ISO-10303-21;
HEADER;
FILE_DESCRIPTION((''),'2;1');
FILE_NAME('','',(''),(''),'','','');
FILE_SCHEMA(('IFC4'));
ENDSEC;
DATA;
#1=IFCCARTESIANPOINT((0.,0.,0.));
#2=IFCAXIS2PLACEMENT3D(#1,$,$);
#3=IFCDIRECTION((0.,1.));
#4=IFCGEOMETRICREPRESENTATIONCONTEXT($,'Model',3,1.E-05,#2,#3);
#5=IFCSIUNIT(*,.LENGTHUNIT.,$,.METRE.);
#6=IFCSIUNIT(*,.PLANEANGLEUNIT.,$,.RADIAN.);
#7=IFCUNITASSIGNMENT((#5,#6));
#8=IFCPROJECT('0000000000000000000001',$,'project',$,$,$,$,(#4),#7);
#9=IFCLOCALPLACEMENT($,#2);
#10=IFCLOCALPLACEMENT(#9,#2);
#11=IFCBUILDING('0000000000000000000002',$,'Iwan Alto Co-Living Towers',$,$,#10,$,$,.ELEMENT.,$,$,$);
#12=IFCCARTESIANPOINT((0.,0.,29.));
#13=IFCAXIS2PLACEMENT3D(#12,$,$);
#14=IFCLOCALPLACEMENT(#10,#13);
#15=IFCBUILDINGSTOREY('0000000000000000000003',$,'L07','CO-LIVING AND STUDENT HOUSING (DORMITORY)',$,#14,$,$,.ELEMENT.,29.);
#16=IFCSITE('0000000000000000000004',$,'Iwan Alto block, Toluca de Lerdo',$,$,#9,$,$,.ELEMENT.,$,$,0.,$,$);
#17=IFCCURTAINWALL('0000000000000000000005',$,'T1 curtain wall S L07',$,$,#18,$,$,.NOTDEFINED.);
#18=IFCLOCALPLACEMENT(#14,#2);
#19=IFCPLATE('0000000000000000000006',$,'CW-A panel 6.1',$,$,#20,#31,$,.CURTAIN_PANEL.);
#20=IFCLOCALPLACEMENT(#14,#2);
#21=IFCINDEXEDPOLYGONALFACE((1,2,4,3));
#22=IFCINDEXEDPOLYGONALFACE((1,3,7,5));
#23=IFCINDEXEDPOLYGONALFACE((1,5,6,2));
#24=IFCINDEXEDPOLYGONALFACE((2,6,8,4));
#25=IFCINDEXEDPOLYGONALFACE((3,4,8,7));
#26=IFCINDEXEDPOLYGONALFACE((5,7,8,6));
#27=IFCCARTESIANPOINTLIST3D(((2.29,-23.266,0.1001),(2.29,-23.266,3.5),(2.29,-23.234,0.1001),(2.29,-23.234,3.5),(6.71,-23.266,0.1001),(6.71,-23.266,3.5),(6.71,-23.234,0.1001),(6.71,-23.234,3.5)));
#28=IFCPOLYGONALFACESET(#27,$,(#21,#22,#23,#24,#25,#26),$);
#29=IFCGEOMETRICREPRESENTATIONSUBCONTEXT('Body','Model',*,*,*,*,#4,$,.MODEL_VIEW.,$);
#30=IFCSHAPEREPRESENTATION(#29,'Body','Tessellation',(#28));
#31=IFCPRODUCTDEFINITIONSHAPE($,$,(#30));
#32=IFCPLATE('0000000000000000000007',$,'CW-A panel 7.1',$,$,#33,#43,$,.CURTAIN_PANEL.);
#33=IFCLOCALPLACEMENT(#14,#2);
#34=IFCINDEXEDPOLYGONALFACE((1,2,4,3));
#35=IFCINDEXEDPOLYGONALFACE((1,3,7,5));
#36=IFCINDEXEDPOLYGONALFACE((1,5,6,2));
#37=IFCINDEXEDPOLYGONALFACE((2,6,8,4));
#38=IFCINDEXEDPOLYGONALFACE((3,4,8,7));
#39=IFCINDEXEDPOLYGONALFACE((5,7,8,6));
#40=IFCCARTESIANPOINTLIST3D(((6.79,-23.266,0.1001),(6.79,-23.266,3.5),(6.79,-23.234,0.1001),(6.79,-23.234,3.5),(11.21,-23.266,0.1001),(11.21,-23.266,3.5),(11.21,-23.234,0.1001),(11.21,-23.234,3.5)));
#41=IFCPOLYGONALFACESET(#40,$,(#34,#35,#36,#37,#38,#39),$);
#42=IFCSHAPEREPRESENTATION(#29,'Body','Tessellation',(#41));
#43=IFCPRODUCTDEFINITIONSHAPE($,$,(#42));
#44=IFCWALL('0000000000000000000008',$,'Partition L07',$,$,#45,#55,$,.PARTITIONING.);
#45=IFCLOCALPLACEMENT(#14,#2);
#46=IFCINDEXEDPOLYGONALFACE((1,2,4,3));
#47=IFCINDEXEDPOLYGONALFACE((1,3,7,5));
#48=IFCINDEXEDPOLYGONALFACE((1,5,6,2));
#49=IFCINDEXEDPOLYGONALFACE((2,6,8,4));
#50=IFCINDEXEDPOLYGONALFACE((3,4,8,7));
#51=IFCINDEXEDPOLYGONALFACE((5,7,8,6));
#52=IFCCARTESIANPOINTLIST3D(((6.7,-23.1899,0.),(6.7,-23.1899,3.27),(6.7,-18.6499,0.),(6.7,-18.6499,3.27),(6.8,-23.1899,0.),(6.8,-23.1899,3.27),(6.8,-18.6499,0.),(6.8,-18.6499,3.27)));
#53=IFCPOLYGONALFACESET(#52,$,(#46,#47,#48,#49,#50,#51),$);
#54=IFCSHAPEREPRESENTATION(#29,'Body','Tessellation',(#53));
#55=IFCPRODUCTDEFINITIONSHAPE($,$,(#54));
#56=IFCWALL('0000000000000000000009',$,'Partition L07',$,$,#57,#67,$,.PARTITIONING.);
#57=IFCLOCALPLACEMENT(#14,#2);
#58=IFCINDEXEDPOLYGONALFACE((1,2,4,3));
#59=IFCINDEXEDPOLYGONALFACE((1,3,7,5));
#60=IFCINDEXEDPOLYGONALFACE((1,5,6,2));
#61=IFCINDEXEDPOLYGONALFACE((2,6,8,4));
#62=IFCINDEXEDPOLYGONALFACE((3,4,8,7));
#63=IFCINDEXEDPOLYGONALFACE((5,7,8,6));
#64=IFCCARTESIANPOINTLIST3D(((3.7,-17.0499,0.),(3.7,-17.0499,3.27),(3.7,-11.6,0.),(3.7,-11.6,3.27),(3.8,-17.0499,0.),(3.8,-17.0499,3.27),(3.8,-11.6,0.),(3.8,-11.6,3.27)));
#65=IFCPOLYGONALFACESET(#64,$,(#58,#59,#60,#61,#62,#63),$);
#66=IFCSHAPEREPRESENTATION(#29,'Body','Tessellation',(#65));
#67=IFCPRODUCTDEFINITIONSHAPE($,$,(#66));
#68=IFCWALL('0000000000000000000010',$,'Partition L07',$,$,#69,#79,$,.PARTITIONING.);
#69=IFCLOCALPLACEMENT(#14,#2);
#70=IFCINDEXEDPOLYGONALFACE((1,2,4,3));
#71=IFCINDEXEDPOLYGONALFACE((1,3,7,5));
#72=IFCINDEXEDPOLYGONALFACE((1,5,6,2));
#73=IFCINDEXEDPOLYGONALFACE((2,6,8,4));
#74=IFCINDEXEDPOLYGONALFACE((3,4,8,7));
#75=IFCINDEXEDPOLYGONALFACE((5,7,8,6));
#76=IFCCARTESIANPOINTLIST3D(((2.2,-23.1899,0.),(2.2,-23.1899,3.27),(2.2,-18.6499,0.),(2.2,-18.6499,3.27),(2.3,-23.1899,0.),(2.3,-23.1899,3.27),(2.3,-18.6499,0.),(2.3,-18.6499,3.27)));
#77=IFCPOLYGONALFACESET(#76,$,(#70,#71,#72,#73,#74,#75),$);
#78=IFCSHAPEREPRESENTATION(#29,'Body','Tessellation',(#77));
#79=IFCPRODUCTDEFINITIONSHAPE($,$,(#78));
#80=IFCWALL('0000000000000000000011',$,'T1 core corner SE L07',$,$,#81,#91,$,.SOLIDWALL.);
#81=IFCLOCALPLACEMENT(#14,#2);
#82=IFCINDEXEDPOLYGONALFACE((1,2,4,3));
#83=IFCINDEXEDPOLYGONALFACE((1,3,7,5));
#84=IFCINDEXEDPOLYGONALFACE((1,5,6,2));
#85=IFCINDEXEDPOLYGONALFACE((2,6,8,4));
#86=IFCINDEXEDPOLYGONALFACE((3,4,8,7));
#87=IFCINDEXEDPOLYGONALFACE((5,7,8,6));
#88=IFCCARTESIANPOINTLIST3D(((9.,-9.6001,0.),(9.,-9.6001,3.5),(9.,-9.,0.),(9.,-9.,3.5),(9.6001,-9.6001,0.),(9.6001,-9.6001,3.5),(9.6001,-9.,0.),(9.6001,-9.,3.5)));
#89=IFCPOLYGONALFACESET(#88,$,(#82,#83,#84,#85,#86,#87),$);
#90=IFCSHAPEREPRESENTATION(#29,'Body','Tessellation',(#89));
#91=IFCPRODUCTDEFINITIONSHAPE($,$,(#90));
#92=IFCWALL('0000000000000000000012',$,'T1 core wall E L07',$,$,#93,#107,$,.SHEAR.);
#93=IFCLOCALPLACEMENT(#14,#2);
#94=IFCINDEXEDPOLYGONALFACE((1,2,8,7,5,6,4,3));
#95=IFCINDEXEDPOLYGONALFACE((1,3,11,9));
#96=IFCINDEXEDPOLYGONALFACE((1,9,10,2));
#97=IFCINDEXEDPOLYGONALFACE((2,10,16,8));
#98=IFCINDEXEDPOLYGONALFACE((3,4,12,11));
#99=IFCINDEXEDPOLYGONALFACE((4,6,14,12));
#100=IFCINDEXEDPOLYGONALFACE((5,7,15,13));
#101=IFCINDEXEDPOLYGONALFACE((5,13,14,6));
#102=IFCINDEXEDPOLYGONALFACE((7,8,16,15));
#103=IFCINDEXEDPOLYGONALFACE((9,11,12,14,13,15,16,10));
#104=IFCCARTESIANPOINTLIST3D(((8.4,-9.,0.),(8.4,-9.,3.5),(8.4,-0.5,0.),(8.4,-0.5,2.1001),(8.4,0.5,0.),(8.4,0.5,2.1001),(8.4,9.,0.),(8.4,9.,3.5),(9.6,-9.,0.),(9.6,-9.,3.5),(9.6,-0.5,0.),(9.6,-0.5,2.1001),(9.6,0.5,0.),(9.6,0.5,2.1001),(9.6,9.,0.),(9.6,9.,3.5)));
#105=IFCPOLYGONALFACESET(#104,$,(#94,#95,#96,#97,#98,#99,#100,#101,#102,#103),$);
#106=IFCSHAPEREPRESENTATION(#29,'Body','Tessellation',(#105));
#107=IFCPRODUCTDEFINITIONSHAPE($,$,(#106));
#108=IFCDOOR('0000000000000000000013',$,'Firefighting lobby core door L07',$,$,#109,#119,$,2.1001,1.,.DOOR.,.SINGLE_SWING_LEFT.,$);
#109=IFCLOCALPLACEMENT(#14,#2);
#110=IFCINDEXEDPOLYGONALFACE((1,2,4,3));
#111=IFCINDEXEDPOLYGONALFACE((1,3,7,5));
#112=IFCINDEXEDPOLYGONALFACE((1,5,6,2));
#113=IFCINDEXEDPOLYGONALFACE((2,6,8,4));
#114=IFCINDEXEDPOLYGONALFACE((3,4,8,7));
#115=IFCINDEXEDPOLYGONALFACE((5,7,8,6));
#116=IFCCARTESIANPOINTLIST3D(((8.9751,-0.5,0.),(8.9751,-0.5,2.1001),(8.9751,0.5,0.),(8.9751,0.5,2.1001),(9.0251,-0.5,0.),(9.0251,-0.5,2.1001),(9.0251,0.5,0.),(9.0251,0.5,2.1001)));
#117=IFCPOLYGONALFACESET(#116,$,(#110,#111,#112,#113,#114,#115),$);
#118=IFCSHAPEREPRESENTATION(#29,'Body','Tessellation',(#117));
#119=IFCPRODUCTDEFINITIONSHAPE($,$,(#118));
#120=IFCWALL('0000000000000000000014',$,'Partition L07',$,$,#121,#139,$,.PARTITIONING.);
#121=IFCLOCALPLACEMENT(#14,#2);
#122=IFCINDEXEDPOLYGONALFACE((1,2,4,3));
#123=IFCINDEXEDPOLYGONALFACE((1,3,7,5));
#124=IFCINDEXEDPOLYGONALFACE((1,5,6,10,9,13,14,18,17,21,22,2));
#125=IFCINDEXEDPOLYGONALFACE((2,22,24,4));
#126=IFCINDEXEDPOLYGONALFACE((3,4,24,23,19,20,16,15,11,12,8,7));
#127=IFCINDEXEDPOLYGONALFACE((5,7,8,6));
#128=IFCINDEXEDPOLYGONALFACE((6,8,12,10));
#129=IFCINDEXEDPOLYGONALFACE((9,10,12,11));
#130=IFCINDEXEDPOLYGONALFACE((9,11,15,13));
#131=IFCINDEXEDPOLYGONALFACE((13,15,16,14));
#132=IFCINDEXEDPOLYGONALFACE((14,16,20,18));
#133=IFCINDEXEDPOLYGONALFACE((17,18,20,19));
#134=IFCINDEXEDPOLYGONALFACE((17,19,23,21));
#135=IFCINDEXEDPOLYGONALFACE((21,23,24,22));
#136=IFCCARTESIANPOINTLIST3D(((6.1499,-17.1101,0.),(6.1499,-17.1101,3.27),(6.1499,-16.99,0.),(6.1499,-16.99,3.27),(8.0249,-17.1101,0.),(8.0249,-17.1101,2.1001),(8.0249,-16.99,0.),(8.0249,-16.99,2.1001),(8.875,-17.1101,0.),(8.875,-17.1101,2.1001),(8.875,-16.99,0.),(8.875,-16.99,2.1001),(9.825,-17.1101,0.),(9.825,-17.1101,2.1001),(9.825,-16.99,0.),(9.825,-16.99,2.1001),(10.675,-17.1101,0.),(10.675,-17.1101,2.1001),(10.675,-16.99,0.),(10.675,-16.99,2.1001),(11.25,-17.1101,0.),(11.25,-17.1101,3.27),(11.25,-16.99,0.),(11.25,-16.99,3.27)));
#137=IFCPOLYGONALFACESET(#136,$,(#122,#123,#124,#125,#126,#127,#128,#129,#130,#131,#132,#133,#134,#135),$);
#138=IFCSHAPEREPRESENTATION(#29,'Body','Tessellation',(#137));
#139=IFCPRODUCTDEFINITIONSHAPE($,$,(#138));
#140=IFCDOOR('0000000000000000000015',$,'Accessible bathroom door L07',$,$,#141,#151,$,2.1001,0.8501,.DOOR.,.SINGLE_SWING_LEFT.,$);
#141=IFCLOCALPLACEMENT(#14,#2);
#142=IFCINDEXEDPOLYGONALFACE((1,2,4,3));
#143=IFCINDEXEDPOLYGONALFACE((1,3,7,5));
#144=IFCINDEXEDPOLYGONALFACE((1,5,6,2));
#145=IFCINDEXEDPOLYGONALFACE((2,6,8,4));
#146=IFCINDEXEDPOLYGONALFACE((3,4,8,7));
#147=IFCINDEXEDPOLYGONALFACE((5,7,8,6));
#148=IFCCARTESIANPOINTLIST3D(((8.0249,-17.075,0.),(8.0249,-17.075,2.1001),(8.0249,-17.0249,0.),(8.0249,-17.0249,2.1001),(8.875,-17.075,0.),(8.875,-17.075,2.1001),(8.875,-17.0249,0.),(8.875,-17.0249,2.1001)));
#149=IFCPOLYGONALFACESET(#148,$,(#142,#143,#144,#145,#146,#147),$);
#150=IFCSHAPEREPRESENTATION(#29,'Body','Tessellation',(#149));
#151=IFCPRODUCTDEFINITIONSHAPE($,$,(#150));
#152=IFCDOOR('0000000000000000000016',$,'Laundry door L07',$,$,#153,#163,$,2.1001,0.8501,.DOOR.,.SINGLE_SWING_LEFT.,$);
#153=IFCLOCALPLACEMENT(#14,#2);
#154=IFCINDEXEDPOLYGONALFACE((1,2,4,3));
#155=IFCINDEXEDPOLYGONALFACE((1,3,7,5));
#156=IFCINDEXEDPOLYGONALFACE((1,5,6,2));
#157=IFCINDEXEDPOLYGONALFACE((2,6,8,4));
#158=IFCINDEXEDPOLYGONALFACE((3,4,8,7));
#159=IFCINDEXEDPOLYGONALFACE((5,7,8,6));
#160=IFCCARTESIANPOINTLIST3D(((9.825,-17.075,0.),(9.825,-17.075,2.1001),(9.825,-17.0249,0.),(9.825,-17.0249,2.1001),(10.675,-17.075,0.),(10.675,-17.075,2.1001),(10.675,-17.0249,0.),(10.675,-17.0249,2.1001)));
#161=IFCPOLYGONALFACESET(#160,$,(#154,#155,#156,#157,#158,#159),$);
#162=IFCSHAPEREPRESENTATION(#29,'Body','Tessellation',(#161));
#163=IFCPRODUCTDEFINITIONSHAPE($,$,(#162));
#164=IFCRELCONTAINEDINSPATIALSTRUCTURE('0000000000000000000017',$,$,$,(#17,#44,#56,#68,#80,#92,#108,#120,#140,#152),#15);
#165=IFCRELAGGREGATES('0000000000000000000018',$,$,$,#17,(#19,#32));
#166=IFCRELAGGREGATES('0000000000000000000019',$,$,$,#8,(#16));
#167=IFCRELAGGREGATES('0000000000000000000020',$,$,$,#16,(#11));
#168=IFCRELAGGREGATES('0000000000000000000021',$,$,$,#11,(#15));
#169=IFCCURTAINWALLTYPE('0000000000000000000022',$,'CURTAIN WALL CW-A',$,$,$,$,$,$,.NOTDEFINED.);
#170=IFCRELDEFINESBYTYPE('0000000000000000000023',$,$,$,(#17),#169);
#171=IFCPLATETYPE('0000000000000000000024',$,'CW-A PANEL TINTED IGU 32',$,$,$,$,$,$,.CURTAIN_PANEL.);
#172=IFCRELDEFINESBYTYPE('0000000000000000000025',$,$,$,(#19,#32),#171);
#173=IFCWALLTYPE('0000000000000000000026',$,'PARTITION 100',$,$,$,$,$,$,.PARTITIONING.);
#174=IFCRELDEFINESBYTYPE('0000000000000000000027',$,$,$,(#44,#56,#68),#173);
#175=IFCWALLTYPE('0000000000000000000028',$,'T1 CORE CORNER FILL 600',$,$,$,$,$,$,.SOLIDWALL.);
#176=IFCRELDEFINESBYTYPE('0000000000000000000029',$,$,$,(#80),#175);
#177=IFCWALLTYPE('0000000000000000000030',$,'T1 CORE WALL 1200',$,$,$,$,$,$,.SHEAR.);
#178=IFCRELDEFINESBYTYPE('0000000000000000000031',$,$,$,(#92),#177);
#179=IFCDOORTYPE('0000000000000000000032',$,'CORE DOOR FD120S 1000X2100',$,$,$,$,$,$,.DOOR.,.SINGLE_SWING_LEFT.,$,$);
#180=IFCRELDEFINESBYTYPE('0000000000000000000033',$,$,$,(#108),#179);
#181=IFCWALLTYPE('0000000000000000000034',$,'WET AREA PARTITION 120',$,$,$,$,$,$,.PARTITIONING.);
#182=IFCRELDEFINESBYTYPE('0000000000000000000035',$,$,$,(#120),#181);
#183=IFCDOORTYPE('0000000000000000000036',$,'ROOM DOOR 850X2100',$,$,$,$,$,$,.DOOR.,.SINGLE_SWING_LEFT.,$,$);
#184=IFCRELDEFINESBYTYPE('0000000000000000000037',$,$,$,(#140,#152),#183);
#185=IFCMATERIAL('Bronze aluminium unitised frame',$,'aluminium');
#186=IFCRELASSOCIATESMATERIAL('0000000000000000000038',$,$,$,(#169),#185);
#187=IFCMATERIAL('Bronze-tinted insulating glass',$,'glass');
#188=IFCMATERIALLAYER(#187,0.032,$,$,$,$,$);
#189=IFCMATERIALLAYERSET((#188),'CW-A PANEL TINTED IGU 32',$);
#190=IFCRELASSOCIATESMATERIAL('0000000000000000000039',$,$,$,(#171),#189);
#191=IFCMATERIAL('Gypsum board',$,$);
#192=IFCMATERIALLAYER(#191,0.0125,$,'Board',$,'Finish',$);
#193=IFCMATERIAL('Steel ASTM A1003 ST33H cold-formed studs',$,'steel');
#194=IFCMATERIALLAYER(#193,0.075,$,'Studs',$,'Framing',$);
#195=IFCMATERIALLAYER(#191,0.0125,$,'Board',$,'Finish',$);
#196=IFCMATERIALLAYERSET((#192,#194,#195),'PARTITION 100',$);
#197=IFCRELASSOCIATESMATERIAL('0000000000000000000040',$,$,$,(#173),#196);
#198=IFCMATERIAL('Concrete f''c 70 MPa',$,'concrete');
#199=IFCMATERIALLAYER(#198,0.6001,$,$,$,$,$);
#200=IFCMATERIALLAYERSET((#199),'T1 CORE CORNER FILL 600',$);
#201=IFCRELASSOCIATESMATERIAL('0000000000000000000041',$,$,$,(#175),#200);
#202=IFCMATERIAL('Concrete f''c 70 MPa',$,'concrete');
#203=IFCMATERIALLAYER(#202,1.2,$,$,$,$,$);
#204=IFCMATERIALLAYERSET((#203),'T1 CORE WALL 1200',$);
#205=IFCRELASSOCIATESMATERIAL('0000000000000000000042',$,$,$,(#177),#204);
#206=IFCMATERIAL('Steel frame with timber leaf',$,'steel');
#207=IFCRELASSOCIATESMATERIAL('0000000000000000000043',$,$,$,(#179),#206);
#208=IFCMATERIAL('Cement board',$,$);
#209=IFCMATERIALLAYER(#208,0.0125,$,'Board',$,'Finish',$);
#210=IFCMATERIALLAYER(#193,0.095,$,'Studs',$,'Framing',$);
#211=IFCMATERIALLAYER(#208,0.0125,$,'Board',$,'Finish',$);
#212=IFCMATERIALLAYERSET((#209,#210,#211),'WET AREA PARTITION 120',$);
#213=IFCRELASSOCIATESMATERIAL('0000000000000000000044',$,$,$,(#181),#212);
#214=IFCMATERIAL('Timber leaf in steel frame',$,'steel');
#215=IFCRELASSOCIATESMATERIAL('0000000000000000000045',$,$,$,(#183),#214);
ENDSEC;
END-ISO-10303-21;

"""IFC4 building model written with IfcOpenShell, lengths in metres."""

from ifc_helpers import new_model, si_unit, direction, frame, frame_2d, origin, origin_2d, place, context, subcontext, project, spatial, rectangle, extrude, material, layer, layer_set, type_object, element, fill, aggregate, save


model = new_model("IFC4")

# Units and contexts
model_context = context("Model", 3, precision=1e-05, world=origin(), true_north=direction((0.0, 1.0)))
body_context = subcontext(model_context, "Body", "Model", "MODEL_VIEW")
ifc_project = project(units=[si_unit("LENGTHUNIT", "METRE"), si_unit("PLANEANGLEUNIT", "RADIAN")], contexts=[model_context])

# Site, building, storey
site_placement = place(None, origin())
site = spatial("IfcSite", under=ifc_project, at=site_placement, Name="Iwan Alto block, Toluca de Lerdo", CompositionType="ELEMENT", RefElevation=0.0)
building_placement = place(site_placement, origin())
building = spatial("IfcBuilding", under=site, at=building_placement, Name="Iwan Alto Co-Living Towers", CompositionType="ELEMENT")
storey_placement = place(building_placement, frame((0.0, 0.0, 29.0)))
storey = spatial("IfcBuildingStorey", under=building, at=storey_placement, Name="L07", Description="CO-LIVING AND STUDENT HOUSING (DORMITORY)", CompositionType="ELEMENT", Elevation=29.0)

# Curtain wall
ifc_material_1 = material(Name="Bronze aluminium unitised frame", Category="aluminium")
curtain_wall_type = type_object("IfcCurtainWallType", Name="CURTAIN WALL CW-A", PredefinedType="NOTDEFINED", material=ifc_material_1)
curtain_wall_placement = place(storey_placement, origin())
curtain_wall = element("IfcCurtainWall", 1, at=curtain_wall_placement, inside=storey, type_object=curtain_wall_type, Name="T1 curtain wall S L07", PredefinedType="NOTDEFINED")

# Plates
ifc_material_2 = material(Name="Bronze-tinted insulating glass", Category="glass")
ifc_layer_1 = layer(ifc_material_2, 0.032)
ifc_layer_set_1 = layer_set([ifc_layer_1], Name="CW-A PANEL TINTED IGU 32")
plate_type = type_object("IfcPlateType", Name="CW-A PANEL TINTED IGU 32", PredefinedType="CURTAIN_PANEL", material=ifc_layer_set_1)
plate_1_placement = place(storey_placement, frame((4.5, -23.25, 0.1001), z_axis=(0.0, 0.0, 1.0), x_axis=(1.0, 0.0, 0.0)))
plate_1 = element("IfcPlate", 2, at=plate_1_placement, type_object=plate_type, Name="CW-A panel 6.1", PredefinedType="CURTAIN_PANEL", context=body_context, shape_type="SweptSolid", body=[
    extrude(rectangle(XDim=4.4199, YDim=0.032, at=origin_2d()), origin(), (0.0, 0.0, 1.0), 3.3999),
])
plate_2_placement = place(storey_placement, frame((9.0, -23.25, 0.1001), z_axis=(0.0, 0.0, 1.0), x_axis=(1.0, 0.0, 0.0)))
plate_2 = element("IfcPlate", 3, at=plate_2_placement, type_object=plate_type, Name="CW-A panel 7.1", PredefinedType="CURTAIN_PANEL", context=body_context, shape_type="SweptSolid", body=[
    extrude(rectangle(XDim=4.4199, YDim=0.032, at=origin_2d()), origin(), (0.0, 0.0, 1.0), 3.3999),
])
aggregate(curtain_wall, [plate_1, plate_2])

# Walls
ifc_material_3 = material(Name="Gypsum board")
ifc_layer_2 = layer(ifc_material_3, 0.0125, Name="Board", Category="Finish")
ifc_material_4 = material(Name="Steel ASTM A1003 ST33H cold-formed studs", Category="steel")
ifc_layer_3 = layer(ifc_material_4, 0.075, Name="Studs", Category="Framing")
ifc_layer_4 = layer(ifc_material_3, 0.0125, Name="Board", Category="Finish")
ifc_layer_set_2 = layer_set([ifc_layer_2, ifc_layer_3, ifc_layer_4], Name="PARTITION 100")
wall_type_1 = type_object("IfcWallType", Name="PARTITION 100", PredefinedType="PARTITIONING", material=ifc_layer_set_2)
wall_1_placement = place(storey_placement, frame((6.75, -23.1899, 0.0), z_axis=(0.0, 0.0, 1.0), x_axis=(0.0, 1.0, 0.0)))
element("IfcWall", 4, at=wall_1_placement, inside=storey, type_object=wall_type_1, Name="Partition L07", PredefinedType="PARTITIONING", context=body_context, shape_type="SweptSolid", body=[
    extrude(rectangle(XDim=4.54, YDim=0.1001, at=frame_2d((2.27, 0.0))), origin(), (0.0, 0.0, 1.0), 3.27),
])
wall_2_placement = place(storey_placement, frame((3.75, -17.05, 0.0), z_axis=(0.0, 0.0, 1.0), x_axis=(0.0, 1.0, 0.0)))
element("IfcWall", 5, at=wall_2_placement, inside=storey, type_object=wall_type_1, Name="Partition L07", PredefinedType="PARTITIONING", context=body_context, shape_type="SweptSolid", body=[
    extrude(rectangle(XDim=5.45, YDim=0.1001, at=frame_2d((2.7251, 0.0))), origin(), (0.0, 0.0, 1.0), 3.27),
])
wall_3_placement = place(storey_placement, frame((2.25, -23.1899, 0.0), z_axis=(0.0, 0.0, 1.0), x_axis=(0.0, 1.0, 0.0)))
element("IfcWall", 6, at=wall_3_placement, inside=storey, type_object=wall_type_1, Name="Partition L07", PredefinedType="PARTITIONING", context=body_context, shape_type="SweptSolid", body=[
    extrude(rectangle(XDim=4.54, YDim=0.1001, at=frame_2d((2.27, 0.0))), origin(), (0.0, 0.0, 1.0), 3.27),
])
ifc_material_5 = material(Name="Concrete f'c 70 MPa", Category="concrete")
ifc_layer_5 = layer(ifc_material_5, 0.6001)
ifc_layer_set_3 = layer_set([ifc_layer_5], Name="T1 CORE CORNER FILL 600")
wall_type_2 = type_object("IfcWallType", Name="T1 CORE CORNER FILL 600", PredefinedType="SOLIDWALL", material=ifc_layer_set_3)
wall_4_placement = place(storey_placement, frame((9.0, -9.3, 0.0), z_axis=(0.0, 0.0, 1.0), x_axis=(1.0, 0.0, 0.0)))
element("IfcWall", 7, at=wall_4_placement, inside=storey, type_object=wall_type_2, Name="T1 core corner SE L07", PredefinedType="SOLIDWALL", context=body_context, shape_type="SweptSolid", body=[
    extrude(rectangle(XDim=0.6001, YDim=0.6001, at=frame_2d((0.3, 0.0))), origin(), (0.0, 0.0, 1.0), 3.5),
])

# Wall, opening, door
ifc_material_6 = material(Name="Concrete f'c 70 MPa", Category="concrete")
ifc_layer_6 = layer(ifc_material_6, 1.2)
ifc_layer_set_4 = layer_set([ifc_layer_6], Name="T1 CORE WALL 1200")
wall_type_3 = type_object("IfcWallType", Name="T1 CORE WALL 1200", PredefinedType="SHEAR", material=ifc_layer_set_4)
wall_5_placement = place(storey_placement, frame((9.0, -9.0, 0.0), z_axis=(0.0, 0.0, 1.0), x_axis=(0.0, 1.0, 0.0)))
wall_5 = element("IfcWall", 8, at=wall_5_placement, inside=storey, type_object=wall_type_3, Name="T1 core wall E L07", PredefinedType="SHEAR", context=body_context, shape_type="SweptSolid", body=[
    extrude(rectangle(XDim=18.0, YDim=1.2, at=frame_2d((9.0, 0.0))), origin(), (0.0, 0.0, 1.0), 3.5),
])
opening_1_placement = place(wall_5_placement, frame((8.5, 0.0, 0.0)))
opening_1 = element("IfcOpeningElement", 9, at=opening_1_placement, cuts=wall_5, PredefinedType="OPENING", context=body_context, shape_type="SweptSolid", body=[
    extrude(rectangle(XDim=1.0, YDim=2.1001, at=frame_2d((0.5, 1.05))), frame((0.0, 0.6099, 0.0), z_axis=(0.0, -1.0, 0.0), x_axis=(1.0, 0.0, 0.0)), (0.0, 0.0, 1.0), 1.22),
])
ifc_material_7 = material(Name="Steel frame with timber leaf", Category="steel")
door_type_1 = type_object("IfcDoorType", Name="CORE DOOR FD120S 1000X2100", OperationType="SINGLE_SWING_LEFT", PredefinedType="DOOR", material=ifc_material_7)
door_1_placement = place(opening_1_placement, origin())
door_1 = element("IfcDoor", 10, at=door_1_placement, inside=storey, type_object=door_type_1, Name="Firefighting lobby core door L07", OperationType="SINGLE_SWING_LEFT", OverallHeight=2.1001, OverallWidth=1.0, PredefinedType="DOOR", context=body_context, shape_type="SweptSolid", body=[
    extrude(rectangle(XDim=1.0, YDim=2.1001, at=frame_2d((0.5, 1.05))), frame((0.0, 0.0249, 0.0), z_axis=(0.0, -1.0, 0.0), x_axis=(1.0, 0.0, 0.0)), (0.0, 0.0, 1.0), 0.05),
])
fill(opening_1, door_1)

# Wall, openings, doors
ifc_material_8 = material(Name="Cement board")
ifc_layer_7 = layer(ifc_material_8, 0.0125, Name="Board", Category="Finish")
ifc_layer_8 = layer(ifc_material_4, 0.095, Name="Studs", Category="Framing")
ifc_layer_9 = layer(ifc_material_8, 0.0125, Name="Board", Category="Finish")
ifc_layer_set_5 = layer_set([ifc_layer_7, ifc_layer_8, ifc_layer_9], Name="WET AREA PARTITION 120")
wall_type_4 = type_object("IfcWallType", Name="WET AREA PARTITION 120", PredefinedType="PARTITIONING", material=ifc_layer_set_5)
wall_6_placement = place(storey_placement, frame((6.1499, -17.05, 0.0), z_axis=(0.0, 0.0, 1.0), x_axis=(1.0, 0.0, 0.0)))
wall_6 = element("IfcWall", 11, at=wall_6_placement, inside=storey, type_object=wall_type_4, Name="Partition L07", PredefinedType="PARTITIONING", context=body_context, shape_type="SweptSolid", body=[
    extrude(rectangle(XDim=5.1001, YDim=0.1201, at=frame_2d((2.55, 0.0))), origin(), (0.0, 0.0, 1.0), 3.27),
])
opening_2_placement = place(wall_6_placement, frame((1.875, 0.0, 0.0)))
opening_2 = element("IfcOpeningElement", 12, at=opening_2_placement, cuts=wall_6, PredefinedType="OPENING", context=body_context, shape_type="SweptSolid", body=[
    extrude(rectangle(XDim=0.8501, YDim=2.1001, at=frame_2d((0.425, 1.05))), frame((0.0, 0.0701, 0.0), z_axis=(0.0, -1.0, 0.0), x_axis=(1.0, 0.0, 0.0)), (0.0, 0.0, 1.0), 0.1401),
])
opening_3_placement = place(wall_6_placement, frame((3.675, 0.0, 0.0)))
opening_3 = element("IfcOpeningElement", 13, at=opening_3_placement, cuts=wall_6, PredefinedType="OPENING", context=body_context, shape_type="SweptSolid", body=[
    extrude(rectangle(XDim=0.8501, YDim=2.1001, at=frame_2d((0.425, 1.05))), frame((0.0, 0.0701, 0.0), z_axis=(0.0, -1.0, 0.0), x_axis=(1.0, 0.0, 0.0)), (0.0, 0.0, 1.0), 0.1401),
])
ifc_material_9 = material(Name="Timber leaf in steel frame", Category="steel")
door_type_2 = type_object("IfcDoorType", Name="ROOM DOOR 850X2100", OperationType="SINGLE_SWING_LEFT", PredefinedType="DOOR", material=ifc_material_9)
door_2_placement = place(opening_2_placement, frame((0.8501, 0.0, 0.0), z_axis=(0.0, 0.0, 1.0), x_axis=(-1.0, 0.0, 0.0)))
door_2 = element("IfcDoor", 14, at=door_2_placement, inside=storey, type_object=door_type_2, Name="Accessible bathroom door L07", OperationType="SINGLE_SWING_LEFT", OverallHeight=2.1001, OverallWidth=0.8501, PredefinedType="DOOR", context=body_context, shape_type="SweptSolid", body=[
    extrude(rectangle(XDim=0.8501, YDim=2.1001, at=frame_2d((0.425, 1.05))), frame((0.0, 0.0249, 0.0), z_axis=(0.0, -1.0, 0.0), x_axis=(1.0, 0.0, 0.0)), (0.0, 0.0, 1.0), 0.05),
])
fill(opening_2, door_2)
door_3_placement = place(opening_3_placement, frame((0.8501, 0.0, 0.0), z_axis=(0.0, 0.0, 1.0), x_axis=(-1.0, 0.0, 0.0)))
door_3 = element("IfcDoor", 15, at=door_3_placement, inside=storey, type_object=door_type_2, Name="Laundry door L07", OperationType="SINGLE_SWING_LEFT", OverallHeight=2.1001, OverallWidth=0.8501, PredefinedType="DOOR", context=body_context, shape_type="SweptSolid", body=[
    extrude(rectangle(XDim=0.8501, YDim=2.1001, at=frame_2d((0.425, 1.05))), frame((0.0, 0.0249, 0.0), z_axis=(0.0, -1.0, 0.0), x_axis=(1.0, 0.0, 0.0)), (0.0, 0.0, 1.0), 0.05),
])
fill(opening_3, door_3)

save(model, "model.ifc")
